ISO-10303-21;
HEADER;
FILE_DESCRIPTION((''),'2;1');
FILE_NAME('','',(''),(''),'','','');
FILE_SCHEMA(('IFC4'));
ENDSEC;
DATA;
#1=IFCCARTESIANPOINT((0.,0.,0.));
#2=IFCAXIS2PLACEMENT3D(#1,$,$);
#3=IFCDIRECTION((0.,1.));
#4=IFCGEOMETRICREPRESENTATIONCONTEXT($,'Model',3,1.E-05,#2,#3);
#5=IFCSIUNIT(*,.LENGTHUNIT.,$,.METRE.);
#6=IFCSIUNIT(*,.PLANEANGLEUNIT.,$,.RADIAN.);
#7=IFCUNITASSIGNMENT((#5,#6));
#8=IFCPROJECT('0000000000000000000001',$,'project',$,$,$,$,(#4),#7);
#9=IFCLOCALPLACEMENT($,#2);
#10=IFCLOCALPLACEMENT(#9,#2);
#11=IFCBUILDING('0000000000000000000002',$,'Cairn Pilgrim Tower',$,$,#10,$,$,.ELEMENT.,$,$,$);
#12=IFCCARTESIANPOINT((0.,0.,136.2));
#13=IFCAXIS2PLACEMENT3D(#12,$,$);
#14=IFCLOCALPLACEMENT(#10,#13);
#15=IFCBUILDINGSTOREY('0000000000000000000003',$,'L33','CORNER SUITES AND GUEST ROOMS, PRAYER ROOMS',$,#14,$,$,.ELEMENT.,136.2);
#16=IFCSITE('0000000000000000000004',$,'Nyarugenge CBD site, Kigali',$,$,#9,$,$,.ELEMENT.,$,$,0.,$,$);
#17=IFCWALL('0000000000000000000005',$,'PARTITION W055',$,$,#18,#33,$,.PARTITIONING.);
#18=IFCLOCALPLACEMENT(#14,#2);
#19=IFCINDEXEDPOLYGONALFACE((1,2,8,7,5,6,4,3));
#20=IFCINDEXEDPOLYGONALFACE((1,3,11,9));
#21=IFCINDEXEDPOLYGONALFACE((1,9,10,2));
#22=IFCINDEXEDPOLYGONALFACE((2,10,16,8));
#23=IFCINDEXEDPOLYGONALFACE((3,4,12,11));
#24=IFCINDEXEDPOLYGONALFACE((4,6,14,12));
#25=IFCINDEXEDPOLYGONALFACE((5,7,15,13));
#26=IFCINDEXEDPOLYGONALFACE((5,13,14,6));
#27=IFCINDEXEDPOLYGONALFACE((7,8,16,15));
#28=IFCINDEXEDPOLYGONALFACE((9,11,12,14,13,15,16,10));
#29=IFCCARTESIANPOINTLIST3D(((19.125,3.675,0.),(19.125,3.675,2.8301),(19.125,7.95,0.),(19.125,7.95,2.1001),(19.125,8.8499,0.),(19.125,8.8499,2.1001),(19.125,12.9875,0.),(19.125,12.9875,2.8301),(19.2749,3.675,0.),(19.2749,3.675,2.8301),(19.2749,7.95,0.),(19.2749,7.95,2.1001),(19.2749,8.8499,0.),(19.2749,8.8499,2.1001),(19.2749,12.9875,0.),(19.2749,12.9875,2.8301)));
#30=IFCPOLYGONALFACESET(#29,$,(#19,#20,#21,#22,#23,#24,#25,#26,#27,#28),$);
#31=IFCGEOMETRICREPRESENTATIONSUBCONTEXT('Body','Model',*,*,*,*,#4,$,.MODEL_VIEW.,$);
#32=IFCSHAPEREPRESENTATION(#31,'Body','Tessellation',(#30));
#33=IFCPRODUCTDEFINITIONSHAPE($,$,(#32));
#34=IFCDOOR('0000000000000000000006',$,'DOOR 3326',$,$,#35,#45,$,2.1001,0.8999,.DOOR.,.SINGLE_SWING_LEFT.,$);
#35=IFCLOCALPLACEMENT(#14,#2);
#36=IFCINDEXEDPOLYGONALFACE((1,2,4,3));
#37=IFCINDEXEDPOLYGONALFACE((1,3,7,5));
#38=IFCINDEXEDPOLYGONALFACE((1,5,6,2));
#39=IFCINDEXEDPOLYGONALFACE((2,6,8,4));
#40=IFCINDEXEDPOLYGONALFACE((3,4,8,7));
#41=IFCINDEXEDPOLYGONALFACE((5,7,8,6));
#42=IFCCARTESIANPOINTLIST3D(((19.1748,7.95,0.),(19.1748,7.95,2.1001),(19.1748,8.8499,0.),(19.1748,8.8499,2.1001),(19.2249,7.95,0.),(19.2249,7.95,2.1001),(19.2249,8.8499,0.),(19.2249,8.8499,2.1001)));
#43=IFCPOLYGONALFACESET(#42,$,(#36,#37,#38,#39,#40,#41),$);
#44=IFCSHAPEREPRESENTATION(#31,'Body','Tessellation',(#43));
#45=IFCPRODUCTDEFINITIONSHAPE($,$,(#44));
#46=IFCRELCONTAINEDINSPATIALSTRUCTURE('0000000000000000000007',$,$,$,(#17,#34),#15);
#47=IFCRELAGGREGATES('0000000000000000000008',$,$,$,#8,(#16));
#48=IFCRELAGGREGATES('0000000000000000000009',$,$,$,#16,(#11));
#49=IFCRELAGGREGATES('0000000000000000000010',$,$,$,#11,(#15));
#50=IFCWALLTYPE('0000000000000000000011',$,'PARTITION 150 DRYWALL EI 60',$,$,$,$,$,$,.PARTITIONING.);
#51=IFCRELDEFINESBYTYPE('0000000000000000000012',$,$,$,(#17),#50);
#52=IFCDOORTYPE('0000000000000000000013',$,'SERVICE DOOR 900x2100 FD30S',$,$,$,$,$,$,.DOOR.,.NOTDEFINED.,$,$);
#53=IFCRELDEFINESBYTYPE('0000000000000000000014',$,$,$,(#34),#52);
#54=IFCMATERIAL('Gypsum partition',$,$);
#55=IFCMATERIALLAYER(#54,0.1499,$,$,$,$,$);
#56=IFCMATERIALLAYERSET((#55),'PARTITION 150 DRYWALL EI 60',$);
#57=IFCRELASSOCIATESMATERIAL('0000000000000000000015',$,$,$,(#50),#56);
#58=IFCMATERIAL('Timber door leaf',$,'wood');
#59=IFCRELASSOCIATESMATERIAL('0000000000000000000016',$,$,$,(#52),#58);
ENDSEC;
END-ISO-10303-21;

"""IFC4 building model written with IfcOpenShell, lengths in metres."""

from ifc_helpers import new_model, si_unit, direction, frame, frame_2d, origin, place, context, subcontext, project, spatial, rectangle, extrude, material, layer, layer_set, type_object, element, fill, save


model = new_model("IFC4")

# Units and contexts
model_context = context("Model", 3, precision=1e-05, world=origin(), true_north=direction((0.0, 1.0)))
body_context = subcontext(model_context, "Body", "Model", "MODEL_VIEW")
ifc_project = project(units=[si_unit("LENGTHUNIT", "METRE"), si_unit("PLANEANGLEUNIT", "RADIAN")], contexts=[model_context])

# Site, building, storey
site_placement = place(None, origin())
site = spatial("IfcSite", under=ifc_project, at=site_placement, Name="Nyarugenge CBD site, Kigali", CompositionType="ELEMENT", RefElevation=0.0)
building_placement = place(site_placement, origin())
building = spatial("IfcBuilding", under=site, at=building_placement, Name="Cairn Pilgrim Tower", CompositionType="ELEMENT")
storey_placement = place(building_placement, frame((0.0, 0.0, 136.2)))
storey = spatial("IfcBuildingStorey", under=building, at=storey_placement, Name="L33", Description="CORNER SUITES AND GUEST ROOMS, PRAYER ROOMS", CompositionType="ELEMENT", Elevation=136.2)

# Shared definitions
ifc_material_1 = material(Name="Gypsum partition")
ifc_layer_1 = layer(ifc_material_1, 0.1499)
ifc_layer_set_1 = layer_set([ifc_layer_1], Name="PARTITION 150 DRYWALL EI 60")
wall_type_1 = type_object("IfcWallType", Name="PARTITION 150 DRYWALL EI 60", PredefinedType="PARTITIONING", material=ifc_layer_set_1)

# Wall, opening, door
ifc_material_2 = material(Name="Timber door leaf", Category="wood")
wall_1_placement = place(storey_placement, frame((19.2, 3.675, 0.0), z_axis=(0.0, 0.0, 1.0), x_axis=(0.0, 1.0, 0.0)))
wall_1 = element("IfcWall", 1, at=wall_1_placement, inside=storey, type_object=wall_type_1, Name="PARTITION W055", PredefinedType="PARTITIONING", context=body_context, shape_type="SweptSolid", body=[
    extrude(rectangle(XDim=9.3125, YDim=0.1499, at=frame_2d((4.6562, 0.0))), origin(), (0.0, 0.0, 1.0), 2.8301),
])
opening_1_placement = place(wall_1_placement, frame((4.2749, 0.0, 0.0)))
opening_1 = element("IfcOpeningElement", 2, at=opening_1_placement, cuts=wall_1, PredefinedType="OPENING", context=body_context, shape_type="SweptSolid", body=[
    extrude(rectangle(XDim=0.8999, YDim=2.1001, at=frame_2d((0.45, 1.05))), frame((0.0, 0.085, 0.0), z_axis=(0.0, -1.0, 0.0), x_axis=(1.0, 0.0, 0.0)), (0.0, 0.0, 1.0), 0.1699),
])
door_type_1 = type_object("IfcDoorType", Name="SERVICE DOOR 900x2100 FD30S", OperationType="NOTDEFINED", PredefinedType="DOOR", material=ifc_material_2)
door_1_placement = place(opening_1_placement, frame((0.8999, 0.0, 0.0), z_axis=(0.0, 0.0, 1.0), x_axis=(-1.0, 0.0, 0.0)))
door_1 = element("IfcDoor", 3, at=door_1_placement, inside=storey, type_object=door_type_1, Name="DOOR 3326", OperationType="SINGLE_SWING_LEFT", OverallHeight=2.1001, OverallWidth=0.8999, PredefinedType="DOOR", context=body_context, shape_type="SweptSolid", body=[
    extrude(rectangle(XDim=0.8999, YDim=2.1001, at=frame_2d((0.45, 1.05))), frame((0.0, 0.0249, 0.0), z_axis=(0.0, -1.0, 0.0), x_axis=(1.0, 0.0, 0.0)), (0.0, 0.0, 1.0), 0.05),
])
fill(opening_1, door_1)

save(model, "model.ifc")
